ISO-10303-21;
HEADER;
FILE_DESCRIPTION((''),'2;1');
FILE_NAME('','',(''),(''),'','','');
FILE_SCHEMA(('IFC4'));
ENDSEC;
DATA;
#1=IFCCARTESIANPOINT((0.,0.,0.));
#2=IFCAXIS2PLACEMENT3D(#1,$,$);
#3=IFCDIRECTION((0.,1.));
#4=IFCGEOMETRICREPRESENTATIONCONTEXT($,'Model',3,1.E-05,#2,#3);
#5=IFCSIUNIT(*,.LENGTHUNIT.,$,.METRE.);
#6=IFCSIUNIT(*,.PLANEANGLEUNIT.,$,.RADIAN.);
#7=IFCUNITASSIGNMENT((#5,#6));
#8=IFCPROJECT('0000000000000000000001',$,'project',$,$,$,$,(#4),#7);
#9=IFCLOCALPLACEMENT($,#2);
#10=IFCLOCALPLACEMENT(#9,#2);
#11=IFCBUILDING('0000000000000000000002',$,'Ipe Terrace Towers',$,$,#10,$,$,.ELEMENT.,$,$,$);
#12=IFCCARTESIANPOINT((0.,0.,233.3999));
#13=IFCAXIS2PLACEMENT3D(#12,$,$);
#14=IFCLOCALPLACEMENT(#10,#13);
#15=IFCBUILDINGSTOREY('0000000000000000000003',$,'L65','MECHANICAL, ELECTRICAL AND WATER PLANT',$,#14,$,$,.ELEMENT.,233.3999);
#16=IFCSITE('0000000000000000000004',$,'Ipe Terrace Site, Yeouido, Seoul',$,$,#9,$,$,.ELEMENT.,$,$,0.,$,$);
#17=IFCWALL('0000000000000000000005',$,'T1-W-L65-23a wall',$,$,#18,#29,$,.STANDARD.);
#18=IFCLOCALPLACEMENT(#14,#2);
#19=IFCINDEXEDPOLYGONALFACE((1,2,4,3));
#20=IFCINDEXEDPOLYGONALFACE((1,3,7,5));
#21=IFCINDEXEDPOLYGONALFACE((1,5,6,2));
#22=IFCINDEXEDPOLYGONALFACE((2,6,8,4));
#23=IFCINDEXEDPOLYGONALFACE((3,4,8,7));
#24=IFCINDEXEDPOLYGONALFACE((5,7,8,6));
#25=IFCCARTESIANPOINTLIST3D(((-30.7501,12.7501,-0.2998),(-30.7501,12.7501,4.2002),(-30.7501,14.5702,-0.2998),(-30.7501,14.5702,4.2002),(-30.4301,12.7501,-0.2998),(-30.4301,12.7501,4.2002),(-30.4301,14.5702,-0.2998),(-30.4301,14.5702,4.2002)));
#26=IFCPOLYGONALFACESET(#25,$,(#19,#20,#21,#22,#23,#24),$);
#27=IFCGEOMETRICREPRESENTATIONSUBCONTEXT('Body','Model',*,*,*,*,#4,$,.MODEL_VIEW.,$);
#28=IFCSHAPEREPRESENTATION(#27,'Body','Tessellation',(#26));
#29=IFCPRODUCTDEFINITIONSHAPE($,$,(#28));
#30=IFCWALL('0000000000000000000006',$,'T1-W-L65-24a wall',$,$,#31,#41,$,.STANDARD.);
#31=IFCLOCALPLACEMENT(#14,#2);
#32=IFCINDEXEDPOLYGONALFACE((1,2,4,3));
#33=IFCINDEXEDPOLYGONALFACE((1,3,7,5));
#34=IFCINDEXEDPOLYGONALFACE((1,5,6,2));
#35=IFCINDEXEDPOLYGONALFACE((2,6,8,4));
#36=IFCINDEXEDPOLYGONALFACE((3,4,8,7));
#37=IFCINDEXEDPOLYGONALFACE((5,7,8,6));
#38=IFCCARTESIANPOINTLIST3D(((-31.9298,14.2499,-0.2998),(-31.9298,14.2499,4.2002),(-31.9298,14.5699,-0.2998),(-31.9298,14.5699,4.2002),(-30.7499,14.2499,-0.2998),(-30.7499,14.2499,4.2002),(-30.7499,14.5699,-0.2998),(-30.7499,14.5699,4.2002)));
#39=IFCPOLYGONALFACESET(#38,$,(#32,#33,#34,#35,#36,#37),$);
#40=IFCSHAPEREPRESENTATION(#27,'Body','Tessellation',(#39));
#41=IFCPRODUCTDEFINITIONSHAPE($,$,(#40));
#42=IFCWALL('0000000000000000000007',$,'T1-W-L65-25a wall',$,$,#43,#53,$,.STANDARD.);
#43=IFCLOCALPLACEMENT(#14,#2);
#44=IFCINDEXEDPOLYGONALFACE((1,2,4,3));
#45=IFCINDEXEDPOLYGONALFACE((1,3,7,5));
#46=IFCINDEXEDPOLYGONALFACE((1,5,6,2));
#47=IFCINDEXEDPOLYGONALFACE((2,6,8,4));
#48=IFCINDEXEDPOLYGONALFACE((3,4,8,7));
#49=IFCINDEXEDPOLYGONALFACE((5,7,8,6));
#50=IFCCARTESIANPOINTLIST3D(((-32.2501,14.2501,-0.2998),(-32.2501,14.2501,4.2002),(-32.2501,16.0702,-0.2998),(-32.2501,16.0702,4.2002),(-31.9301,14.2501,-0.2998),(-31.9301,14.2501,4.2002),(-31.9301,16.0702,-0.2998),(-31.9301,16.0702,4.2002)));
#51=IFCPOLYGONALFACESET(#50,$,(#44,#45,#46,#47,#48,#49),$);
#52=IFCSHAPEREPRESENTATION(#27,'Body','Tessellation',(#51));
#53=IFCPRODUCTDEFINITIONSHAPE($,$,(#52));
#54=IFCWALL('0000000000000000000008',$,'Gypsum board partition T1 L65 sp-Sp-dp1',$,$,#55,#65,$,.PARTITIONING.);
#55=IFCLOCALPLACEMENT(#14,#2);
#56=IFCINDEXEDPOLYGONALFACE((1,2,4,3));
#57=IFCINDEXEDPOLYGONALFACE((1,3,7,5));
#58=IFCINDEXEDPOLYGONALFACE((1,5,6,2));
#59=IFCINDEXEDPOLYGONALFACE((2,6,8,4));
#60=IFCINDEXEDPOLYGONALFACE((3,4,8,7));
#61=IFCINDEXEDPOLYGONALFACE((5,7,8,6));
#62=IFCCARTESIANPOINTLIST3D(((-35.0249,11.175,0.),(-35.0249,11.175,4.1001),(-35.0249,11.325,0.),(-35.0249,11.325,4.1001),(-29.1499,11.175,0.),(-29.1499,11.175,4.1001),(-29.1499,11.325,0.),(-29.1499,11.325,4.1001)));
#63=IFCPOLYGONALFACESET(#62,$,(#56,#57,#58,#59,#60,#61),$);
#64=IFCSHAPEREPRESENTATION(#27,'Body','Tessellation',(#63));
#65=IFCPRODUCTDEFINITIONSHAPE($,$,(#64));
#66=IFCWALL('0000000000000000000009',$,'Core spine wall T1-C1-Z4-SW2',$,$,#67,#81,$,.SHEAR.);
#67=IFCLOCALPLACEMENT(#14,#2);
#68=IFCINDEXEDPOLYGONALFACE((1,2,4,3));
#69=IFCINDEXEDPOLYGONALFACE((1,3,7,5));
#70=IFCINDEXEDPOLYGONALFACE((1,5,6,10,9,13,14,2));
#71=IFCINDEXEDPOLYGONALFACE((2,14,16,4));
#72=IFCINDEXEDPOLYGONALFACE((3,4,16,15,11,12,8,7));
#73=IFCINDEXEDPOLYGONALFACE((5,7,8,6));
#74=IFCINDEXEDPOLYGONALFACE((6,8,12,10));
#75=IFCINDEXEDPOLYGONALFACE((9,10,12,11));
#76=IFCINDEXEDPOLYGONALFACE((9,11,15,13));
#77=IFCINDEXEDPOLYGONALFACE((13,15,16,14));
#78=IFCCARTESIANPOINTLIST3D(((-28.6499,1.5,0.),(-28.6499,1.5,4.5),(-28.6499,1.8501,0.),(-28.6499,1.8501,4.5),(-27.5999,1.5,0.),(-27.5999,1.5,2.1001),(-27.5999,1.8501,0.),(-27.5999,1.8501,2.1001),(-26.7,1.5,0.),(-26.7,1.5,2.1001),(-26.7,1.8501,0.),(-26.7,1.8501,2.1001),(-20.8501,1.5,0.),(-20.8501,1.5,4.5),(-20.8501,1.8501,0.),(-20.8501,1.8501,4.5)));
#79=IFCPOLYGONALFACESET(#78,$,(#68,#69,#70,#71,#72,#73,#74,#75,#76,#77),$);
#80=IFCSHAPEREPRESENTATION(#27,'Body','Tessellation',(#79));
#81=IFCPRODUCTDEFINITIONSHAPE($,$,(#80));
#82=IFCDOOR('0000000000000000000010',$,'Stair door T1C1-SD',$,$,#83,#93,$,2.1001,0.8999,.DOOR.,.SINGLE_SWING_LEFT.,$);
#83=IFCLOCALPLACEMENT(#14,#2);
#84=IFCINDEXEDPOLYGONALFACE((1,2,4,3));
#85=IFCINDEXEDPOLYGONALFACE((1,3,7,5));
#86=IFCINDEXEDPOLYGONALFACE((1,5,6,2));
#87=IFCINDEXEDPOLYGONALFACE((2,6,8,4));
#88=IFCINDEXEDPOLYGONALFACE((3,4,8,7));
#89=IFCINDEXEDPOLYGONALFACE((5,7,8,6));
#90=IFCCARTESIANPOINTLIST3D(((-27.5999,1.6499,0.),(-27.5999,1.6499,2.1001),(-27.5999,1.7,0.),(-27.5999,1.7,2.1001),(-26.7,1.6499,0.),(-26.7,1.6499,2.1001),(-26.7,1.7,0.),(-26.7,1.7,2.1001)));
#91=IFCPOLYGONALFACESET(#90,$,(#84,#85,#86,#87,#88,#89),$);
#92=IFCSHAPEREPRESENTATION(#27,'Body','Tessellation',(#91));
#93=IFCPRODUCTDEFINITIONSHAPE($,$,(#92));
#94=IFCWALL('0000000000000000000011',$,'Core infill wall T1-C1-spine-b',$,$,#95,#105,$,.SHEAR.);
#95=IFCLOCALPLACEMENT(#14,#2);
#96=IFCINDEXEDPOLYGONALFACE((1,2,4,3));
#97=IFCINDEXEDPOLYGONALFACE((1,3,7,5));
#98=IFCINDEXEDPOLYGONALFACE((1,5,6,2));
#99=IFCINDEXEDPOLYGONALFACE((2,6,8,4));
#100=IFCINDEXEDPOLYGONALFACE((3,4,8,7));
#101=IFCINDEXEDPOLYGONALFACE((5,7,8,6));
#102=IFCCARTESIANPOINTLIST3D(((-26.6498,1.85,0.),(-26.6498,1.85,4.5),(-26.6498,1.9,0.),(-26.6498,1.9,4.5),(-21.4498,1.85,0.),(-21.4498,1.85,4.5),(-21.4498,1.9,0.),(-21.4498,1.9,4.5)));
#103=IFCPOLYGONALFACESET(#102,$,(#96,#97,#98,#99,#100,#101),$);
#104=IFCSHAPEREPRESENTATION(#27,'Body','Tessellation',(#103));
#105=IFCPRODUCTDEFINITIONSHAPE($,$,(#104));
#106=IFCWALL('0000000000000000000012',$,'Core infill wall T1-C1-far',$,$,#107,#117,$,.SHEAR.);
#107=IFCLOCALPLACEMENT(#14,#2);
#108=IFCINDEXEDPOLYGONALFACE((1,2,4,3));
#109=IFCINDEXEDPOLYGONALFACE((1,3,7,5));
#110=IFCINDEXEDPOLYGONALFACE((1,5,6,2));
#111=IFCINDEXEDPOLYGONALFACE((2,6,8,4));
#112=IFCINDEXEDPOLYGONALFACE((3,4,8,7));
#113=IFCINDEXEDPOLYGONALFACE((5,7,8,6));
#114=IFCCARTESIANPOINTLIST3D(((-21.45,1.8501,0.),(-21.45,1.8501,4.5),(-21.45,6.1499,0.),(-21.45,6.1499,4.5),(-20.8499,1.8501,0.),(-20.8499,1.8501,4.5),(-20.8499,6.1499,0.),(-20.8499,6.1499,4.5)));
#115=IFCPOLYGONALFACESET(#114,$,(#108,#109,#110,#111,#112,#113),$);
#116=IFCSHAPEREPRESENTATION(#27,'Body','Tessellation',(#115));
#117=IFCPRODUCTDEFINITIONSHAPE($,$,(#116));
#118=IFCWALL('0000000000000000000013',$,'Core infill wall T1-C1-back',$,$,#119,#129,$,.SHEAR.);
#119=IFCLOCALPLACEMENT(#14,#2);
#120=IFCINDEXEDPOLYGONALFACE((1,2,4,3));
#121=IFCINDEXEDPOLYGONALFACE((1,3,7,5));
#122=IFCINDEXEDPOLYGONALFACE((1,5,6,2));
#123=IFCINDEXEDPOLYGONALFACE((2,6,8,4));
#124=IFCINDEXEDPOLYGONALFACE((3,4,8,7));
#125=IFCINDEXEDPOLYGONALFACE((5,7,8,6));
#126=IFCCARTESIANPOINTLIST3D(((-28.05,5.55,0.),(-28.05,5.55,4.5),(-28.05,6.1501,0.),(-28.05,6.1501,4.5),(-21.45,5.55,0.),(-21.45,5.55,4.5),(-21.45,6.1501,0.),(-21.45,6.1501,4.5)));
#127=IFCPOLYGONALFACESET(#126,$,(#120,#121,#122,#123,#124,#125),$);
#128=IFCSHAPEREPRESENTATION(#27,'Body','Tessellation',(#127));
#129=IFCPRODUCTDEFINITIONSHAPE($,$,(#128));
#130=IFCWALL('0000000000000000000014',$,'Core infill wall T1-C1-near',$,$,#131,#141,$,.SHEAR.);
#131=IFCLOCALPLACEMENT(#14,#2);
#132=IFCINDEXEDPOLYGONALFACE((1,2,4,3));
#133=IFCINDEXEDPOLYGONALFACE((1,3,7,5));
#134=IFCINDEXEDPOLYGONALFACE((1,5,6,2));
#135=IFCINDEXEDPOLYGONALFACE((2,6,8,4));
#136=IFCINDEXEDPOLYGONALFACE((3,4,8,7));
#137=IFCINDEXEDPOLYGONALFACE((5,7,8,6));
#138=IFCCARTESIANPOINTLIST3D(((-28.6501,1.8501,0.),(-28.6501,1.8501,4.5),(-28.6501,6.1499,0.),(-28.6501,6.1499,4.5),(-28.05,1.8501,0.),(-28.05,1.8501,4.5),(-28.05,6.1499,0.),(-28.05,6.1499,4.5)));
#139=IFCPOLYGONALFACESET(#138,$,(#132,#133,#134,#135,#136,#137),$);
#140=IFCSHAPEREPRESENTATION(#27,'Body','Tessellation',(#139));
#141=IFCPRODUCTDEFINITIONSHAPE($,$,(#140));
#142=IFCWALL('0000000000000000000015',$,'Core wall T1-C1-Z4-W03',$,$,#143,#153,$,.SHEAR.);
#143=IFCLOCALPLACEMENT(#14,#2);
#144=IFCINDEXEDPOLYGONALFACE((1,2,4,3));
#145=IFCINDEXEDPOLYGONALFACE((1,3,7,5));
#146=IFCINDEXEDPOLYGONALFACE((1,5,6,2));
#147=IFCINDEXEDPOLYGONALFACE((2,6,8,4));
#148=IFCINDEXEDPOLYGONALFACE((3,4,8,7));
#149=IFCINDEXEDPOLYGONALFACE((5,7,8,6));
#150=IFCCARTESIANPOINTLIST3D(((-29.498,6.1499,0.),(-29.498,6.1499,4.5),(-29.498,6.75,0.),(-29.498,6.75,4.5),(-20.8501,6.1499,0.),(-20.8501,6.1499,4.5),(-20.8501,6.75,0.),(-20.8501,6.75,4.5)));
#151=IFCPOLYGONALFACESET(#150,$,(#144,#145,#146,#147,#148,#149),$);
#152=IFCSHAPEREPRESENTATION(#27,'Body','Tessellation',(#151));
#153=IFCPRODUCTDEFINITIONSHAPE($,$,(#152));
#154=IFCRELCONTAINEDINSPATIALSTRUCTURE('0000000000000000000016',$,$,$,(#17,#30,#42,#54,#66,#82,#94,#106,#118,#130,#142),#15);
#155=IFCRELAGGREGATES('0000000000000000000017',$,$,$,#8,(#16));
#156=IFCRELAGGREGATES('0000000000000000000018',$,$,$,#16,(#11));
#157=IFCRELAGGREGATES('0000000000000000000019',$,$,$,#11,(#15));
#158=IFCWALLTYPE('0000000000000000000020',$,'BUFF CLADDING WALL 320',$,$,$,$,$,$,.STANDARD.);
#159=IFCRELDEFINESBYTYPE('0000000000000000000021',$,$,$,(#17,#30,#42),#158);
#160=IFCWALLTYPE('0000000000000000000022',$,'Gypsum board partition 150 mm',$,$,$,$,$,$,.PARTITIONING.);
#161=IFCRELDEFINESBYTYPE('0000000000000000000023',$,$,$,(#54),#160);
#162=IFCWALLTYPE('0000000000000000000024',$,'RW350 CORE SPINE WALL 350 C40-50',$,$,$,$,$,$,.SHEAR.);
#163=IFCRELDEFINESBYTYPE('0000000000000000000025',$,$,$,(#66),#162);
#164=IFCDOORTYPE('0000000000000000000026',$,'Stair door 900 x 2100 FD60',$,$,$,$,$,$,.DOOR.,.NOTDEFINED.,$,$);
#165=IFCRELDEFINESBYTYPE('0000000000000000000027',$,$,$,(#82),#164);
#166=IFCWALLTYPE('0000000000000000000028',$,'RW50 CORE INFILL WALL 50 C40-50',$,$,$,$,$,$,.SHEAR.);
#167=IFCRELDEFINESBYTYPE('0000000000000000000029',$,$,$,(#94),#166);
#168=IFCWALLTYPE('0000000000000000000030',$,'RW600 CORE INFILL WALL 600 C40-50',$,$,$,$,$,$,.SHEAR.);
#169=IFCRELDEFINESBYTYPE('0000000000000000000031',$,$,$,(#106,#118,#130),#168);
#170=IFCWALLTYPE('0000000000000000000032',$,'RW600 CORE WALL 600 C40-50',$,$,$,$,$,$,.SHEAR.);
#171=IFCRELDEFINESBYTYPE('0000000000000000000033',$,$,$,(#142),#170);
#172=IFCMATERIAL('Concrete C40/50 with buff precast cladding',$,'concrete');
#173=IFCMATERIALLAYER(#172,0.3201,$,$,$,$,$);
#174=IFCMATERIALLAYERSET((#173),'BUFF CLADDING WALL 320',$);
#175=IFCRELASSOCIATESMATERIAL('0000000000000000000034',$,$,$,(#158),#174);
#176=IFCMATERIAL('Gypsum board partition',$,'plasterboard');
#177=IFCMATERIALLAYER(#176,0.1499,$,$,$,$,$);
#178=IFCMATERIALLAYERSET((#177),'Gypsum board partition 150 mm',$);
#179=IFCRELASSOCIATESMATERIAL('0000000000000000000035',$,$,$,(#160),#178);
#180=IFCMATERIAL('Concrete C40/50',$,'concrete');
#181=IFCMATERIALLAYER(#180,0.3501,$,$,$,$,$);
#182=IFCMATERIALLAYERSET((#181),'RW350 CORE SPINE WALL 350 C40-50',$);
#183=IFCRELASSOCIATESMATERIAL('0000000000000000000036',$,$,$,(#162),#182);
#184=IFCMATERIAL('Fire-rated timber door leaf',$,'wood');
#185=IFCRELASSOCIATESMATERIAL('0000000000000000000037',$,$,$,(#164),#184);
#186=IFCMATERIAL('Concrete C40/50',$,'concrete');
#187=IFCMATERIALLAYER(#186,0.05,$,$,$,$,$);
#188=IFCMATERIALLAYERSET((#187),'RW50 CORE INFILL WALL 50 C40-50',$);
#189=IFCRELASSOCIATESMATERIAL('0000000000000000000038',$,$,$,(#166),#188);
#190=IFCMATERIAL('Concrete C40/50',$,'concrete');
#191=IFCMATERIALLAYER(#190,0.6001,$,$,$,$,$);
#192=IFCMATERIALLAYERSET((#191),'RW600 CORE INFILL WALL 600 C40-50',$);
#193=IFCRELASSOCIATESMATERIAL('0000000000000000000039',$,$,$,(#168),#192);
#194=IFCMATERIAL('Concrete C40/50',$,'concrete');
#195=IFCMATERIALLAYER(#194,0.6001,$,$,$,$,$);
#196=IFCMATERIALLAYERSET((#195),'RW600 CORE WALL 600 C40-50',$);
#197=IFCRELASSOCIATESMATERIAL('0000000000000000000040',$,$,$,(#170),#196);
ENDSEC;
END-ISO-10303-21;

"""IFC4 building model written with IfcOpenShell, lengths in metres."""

from ifc_helpers import new_model, si_unit, direction, frame, frame_2d, origin, place, context, subcontext, project, spatial, rectangle, extrude, material, layer, layer_set, type_object, element, fill, save


model = new_model("IFC4")

# Units and contexts
model_context = context("Model", 3, precision=1e-05, world=origin(), true_north=direction((0.0, 1.0)))
body_context = subcontext(model_context, "Body", "Model", "MODEL_VIEW")
ifc_project = project(units=[si_unit("LENGTHUNIT", "METRE"), si_unit("PLANEANGLEUNIT", "RADIAN")], contexts=[model_context])

# Site, building, storey
site_placement = place(None, origin())
site = spatial("IfcSite", under=ifc_project, at=site_placement, Name="Ipe Terrace Site, Yeouido, Seoul", CompositionType="ELEMENT", RefElevation=0.0)
building_placement = place(site_placement, origin())
building = spatial("IfcBuilding", under=site, at=building_placement, Name="Ipe Terrace Towers", CompositionType="ELEMENT")
storey_placement = place(building_placement, frame((0.0, 0.0, 233.3999)))
storey = spatial("IfcBuildingStorey", under=building, at=storey_placement, Name="L65", Description="MECHANICAL, ELECTRICAL AND WATER PLANT", CompositionType="ELEMENT", Elevation=233.3999)

# Walls
ifc_material_1 = material(Name="Concrete C40/50 with buff precast cladding", Category="concrete")
ifc_layer_1 = layer(ifc_material_1, 0.3201)
ifc_layer_set_1 = layer_set([ifc_layer_1], Name="BUFF CLADDING WALL 320")
wall_type_1 = type_object("IfcWallType", Name="BUFF CLADDING WALL 320", PredefinedType="STANDARD", material=ifc_layer_set_1)
wall_1_placement = place(storey_placement, frame((-30.5901, 12.75, -0.2998), z_axis=(0.0, 0.0, 1.0), x_axis=(0.0, 1.0, 0.0)))
element("IfcWall", 1, at=wall_1_placement, inside=storey, type_object=wall_type_1, Name="T1-W-L65-23a wall", PredefinedType="STANDARD", context=body_context, shape_type="SweptSolid", body=[
    extrude(rectangle(XDim=1.8201, YDim=0.3201, at=frame_2d((0.9102, 0.0))), origin(), (0.0, 0.0, 1.0), 4.5),
])
wall_2_placement = place(storey_placement, frame((-30.75, 14.4099, -0.2998), z_axis=(0.0, 0.0, 1.0), x_axis=(-1.0, 0.0, 0.0)))
element("IfcWall", 2, at=wall_2_placement, inside=storey, type_object=wall_type_1, Name="T1-W-L65-24a wall", PredefinedType="STANDARD", context=body_context, shape_type="SweptSolid", body=[
    extrude(rectangle(XDim=1.1799, YDim=0.3201, at=frame_2d((0.5898, 0.0))), origin(), (0.0, 0.0, 1.0), 4.5),
])
wall_3_placement = place(storey_placement, frame((-32.0901, 14.25, -0.2998), z_axis=(0.0, 0.0, 1.0), x_axis=(0.0, 1.0, 0.0)))
element("IfcWall", 3, at=wall_3_placement, inside=storey, type_object=wall_type_1, Name="T1-W-L65-25a wall", PredefinedType="STANDARD", context=body_context, shape_type="SweptSolid", body=[
    extrude(rectangle(XDim=1.8201, YDim=0.3201, at=frame_2d((0.9102, 0.0))), origin(), (0.0, 0.0, 1.0), 4.5),
])
ifc_material_2 = material(Name="Gypsum board partition", Category="plasterboard")
ifc_layer_2 = layer(ifc_material_2, 0.1499)
ifc_layer_set_2 = layer_set([ifc_layer_2], Name="Gypsum board partition 150 mm")
wall_type_2 = type_object("IfcWallType", Name="Gypsum board partition 150 mm", PredefinedType="PARTITIONING", material=ifc_layer_set_2)
wall_4_placement = place(storey_placement, frame((-35.0249, 11.25, 0.0), z_axis=(0.0, 0.0, 1.0), x_axis=(1.0, 0.0, 0.0)))
element("IfcWall", 4, at=wall_4_placement, inside=storey, type_object=wall_type_2, Name="Gypsum board partition T1 L65 sp-Sp-dp1", PredefinedType="PARTITIONING", context=body_context, shape_type="SweptSolid", body=[
    extrude(rectangle(XDim=5.875, YDim=0.1499, at=frame_2d((2.9375, 0.0))), origin(), (0.0, 0.0, 1.0), 4.1001),
])

# Wall, opening, door
ifc_material_3 = material(Name="Concrete C40/50", Category="concrete")
ifc_layer_3 = layer(ifc_material_3, 0.3501)
ifc_layer_set_3 = layer_set([ifc_layer_3], Name="RW350 CORE SPINE WALL 350 C40-50")
wall_type_3 = type_object("IfcWallType", Name="RW350 CORE SPINE WALL 350 C40-50", PredefinedType="SHEAR", material=ifc_layer_set_3)
wall_5_placement = place(storey_placement, frame((-28.6499, 1.675, 0.0), z_axis=(0.0, 0.0, 1.0), x_axis=(1.0, 0.0, 0.0)))
wall_5 = element("IfcWall", 5, at=wall_5_placement, inside=storey, type_object=wall_type_3, Name="Core spine wall T1-C1-Z4-SW2", PredefinedType="SHEAR", context=body_context, shape_type="SweptSolid", body=[
    extrude(rectangle(XDim=7.7998, YDim=0.3501, at=frame_2d((3.8999, 0.0))), origin(), (0.0, 0.0, 1.0), 4.5),
])
opening_1_placement = place(wall_5_placement, frame((1.05, 0.0, 0.0)))
opening_1 = element("IfcOpeningElement", 6, at=opening_1_placement, cuts=wall_5, PredefinedType="OPENING", context=body_context, shape_type="SweptSolid", body=[
    extrude(rectangle(XDim=0.8999, YDim=2.1001, at=frame_2d((0.45, 1.05))), frame((0.0, 0.1851, 0.0), z_axis=(0.0, -1.0, 0.0), x_axis=(1.0, 0.0, 0.0)), (0.0, 0.0, 1.0), 0.3701),
])
ifc_material_4 = material(Name="Fire-rated timber door leaf", Category="wood")
door_type_1 = type_object("IfcDoorType", Name="Stair door 900 x 2100 FD60", OperationType="NOTDEFINED", PredefinedType="DOOR", material=ifc_material_4)
door_1_placement = place(opening_1_placement, origin())
door_1 = element("IfcDoor", 7, at=door_1_placement, inside=storey, type_object=door_type_1, Name="Stair door T1C1-SD", OperationType="SINGLE_SWING_LEFT", OverallHeight=2.1001, OverallWidth=0.8999, PredefinedType="DOOR", context=body_context, shape_type="SweptSolid", body=[
    extrude(rectangle(XDim=0.8999, YDim=2.1001, at=frame_2d((0.45, 1.05))), frame((0.0, 0.0249, 0.0), z_axis=(0.0, -1.0, 0.0), x_axis=(1.0, 0.0, 0.0)), (0.0, 0.0, 1.0), 0.05),
])
fill(opening_1, door_1)

# Walls
ifc_material_5 = material(Name="Concrete C40/50", Category="concrete")
ifc_layer_4 = layer(ifc_material_5, 0.05)
ifc_layer_set_4 = layer_set([ifc_layer_4], Name="RW50 CORE INFILL WALL 50 C40-50")
wall_type_4 = type_object("IfcWallType", Name="RW50 CORE INFILL WALL 50 C40-50", PredefinedType="SHEAR", material=ifc_layer_set_4)
wall_6_placement = place(storey_placement, frame((-26.6499, 1.875, 0.0), z_axis=(0.0, 0.0, 1.0), x_axis=(1.0, 0.0, 0.0)))
element("IfcWall", 8, at=wall_6_placement, inside=storey, type_object=wall_type_4, Name="Core infill wall T1-C1-spine-b", PredefinedType="SHEAR", context=body_context, shape_type="SweptSolid", body=[
    extrude(rectangle(XDim=5.2, YDim=0.05, at=frame_2d((2.6001, 0.0))), origin(), (0.0, 0.0, 1.0), 4.5),
])
ifc_material_6 = material(Name="Concrete C40/50", Category="concrete")
ifc_layer_5 = layer(ifc_material_6, 0.6001)
ifc_layer_set_5 = layer_set([ifc_layer_5], Name="RW600 CORE INFILL WALL 600 C40-50")
wall_type_5 = type_object("IfcWallType", Name="RW600 CORE INFILL WALL 600 C40-50", PredefinedType="SHEAR", material=ifc_layer_set_5)
wall_7_placement = place(storey_placement, frame((-21.1499, 1.8501, 0.0), z_axis=(0.0, 0.0, 1.0), x_axis=(0.0, 1.0, 0.0)))
element("IfcWall", 9, at=wall_7_placement, inside=storey, type_object=wall_type_5, Name="Core infill wall T1-C1-far", PredefinedType="SHEAR", context=body_context, shape_type="SweptSolid", body=[
    extrude(rectangle(XDim=4.2998, YDim=0.6001, at=frame_2d((2.1499, 0.0))), origin(), (0.0, 0.0, 1.0), 4.5),
])
wall_8_placement = place(storey_placement, frame((-28.05, 5.8501, 0.0), z_axis=(0.0, 0.0, 1.0), x_axis=(1.0, 0.0, 0.0)))
element("IfcWall", 10, at=wall_8_placement, inside=storey, type_object=wall_type_5, Name="Core infill wall T1-C1-back", PredefinedType="SHEAR", context=body_context, shape_type="SweptSolid", body=[
    extrude(rectangle(XDim=6.6001, YDim=0.6001, at=frame_2d((3.3, 0.0))), origin(), (0.0, 0.0, 1.0), 4.5),
])
wall_9_placement = place(storey_placement, frame((-28.3501, 1.8501, 0.0), z_axis=(0.0, 0.0, 1.0), x_axis=(0.0, 1.0, 0.0)))
element("IfcWall", 11, at=wall_9_placement, inside=storey, type_object=wall_type_5, Name="Core infill wall T1-C1-near", PredefinedType="SHEAR", context=body_context, shape_type="SweptSolid", body=[
    extrude(rectangle(XDim=4.2998, YDim=0.6001, at=frame_2d((2.1499, 0.0))), origin(), (0.0, 0.0, 1.0), 4.5),
])
ifc_material_7 = material(Name="Concrete C40/50", Category="concrete")
ifc_layer_6 = layer(ifc_material_7, 0.6001)
ifc_layer_set_6 = layer_set([ifc_layer_6], Name="RW600 CORE WALL 600 C40-50")
wall_type_6 = type_object("IfcWallType", Name="RW600 CORE WALL 600 C40-50", PredefinedType="SHEAR", material=ifc_layer_set_6)
wall_10_placement = place(storey_placement, frame((-20.8501, 6.45, 0.0), z_axis=(0.0, 0.0, 1.0), x_axis=(-1.0, 0.0, 0.0)))
element("IfcWall", 12, at=wall_10_placement, inside=storey, type_object=wall_type_6, Name="Core wall T1-C1-Z4-W03", PredefinedType="SHEAR", context=body_context, shape_type="SweptSolid", body=[
    extrude(rectangle(XDim=8.6479, YDim=0.6001, at=frame_2d((4.324, 0.0))), origin(), (0.0, 0.0, 1.0), 4.5),
])

save(model, "model.ifc")
